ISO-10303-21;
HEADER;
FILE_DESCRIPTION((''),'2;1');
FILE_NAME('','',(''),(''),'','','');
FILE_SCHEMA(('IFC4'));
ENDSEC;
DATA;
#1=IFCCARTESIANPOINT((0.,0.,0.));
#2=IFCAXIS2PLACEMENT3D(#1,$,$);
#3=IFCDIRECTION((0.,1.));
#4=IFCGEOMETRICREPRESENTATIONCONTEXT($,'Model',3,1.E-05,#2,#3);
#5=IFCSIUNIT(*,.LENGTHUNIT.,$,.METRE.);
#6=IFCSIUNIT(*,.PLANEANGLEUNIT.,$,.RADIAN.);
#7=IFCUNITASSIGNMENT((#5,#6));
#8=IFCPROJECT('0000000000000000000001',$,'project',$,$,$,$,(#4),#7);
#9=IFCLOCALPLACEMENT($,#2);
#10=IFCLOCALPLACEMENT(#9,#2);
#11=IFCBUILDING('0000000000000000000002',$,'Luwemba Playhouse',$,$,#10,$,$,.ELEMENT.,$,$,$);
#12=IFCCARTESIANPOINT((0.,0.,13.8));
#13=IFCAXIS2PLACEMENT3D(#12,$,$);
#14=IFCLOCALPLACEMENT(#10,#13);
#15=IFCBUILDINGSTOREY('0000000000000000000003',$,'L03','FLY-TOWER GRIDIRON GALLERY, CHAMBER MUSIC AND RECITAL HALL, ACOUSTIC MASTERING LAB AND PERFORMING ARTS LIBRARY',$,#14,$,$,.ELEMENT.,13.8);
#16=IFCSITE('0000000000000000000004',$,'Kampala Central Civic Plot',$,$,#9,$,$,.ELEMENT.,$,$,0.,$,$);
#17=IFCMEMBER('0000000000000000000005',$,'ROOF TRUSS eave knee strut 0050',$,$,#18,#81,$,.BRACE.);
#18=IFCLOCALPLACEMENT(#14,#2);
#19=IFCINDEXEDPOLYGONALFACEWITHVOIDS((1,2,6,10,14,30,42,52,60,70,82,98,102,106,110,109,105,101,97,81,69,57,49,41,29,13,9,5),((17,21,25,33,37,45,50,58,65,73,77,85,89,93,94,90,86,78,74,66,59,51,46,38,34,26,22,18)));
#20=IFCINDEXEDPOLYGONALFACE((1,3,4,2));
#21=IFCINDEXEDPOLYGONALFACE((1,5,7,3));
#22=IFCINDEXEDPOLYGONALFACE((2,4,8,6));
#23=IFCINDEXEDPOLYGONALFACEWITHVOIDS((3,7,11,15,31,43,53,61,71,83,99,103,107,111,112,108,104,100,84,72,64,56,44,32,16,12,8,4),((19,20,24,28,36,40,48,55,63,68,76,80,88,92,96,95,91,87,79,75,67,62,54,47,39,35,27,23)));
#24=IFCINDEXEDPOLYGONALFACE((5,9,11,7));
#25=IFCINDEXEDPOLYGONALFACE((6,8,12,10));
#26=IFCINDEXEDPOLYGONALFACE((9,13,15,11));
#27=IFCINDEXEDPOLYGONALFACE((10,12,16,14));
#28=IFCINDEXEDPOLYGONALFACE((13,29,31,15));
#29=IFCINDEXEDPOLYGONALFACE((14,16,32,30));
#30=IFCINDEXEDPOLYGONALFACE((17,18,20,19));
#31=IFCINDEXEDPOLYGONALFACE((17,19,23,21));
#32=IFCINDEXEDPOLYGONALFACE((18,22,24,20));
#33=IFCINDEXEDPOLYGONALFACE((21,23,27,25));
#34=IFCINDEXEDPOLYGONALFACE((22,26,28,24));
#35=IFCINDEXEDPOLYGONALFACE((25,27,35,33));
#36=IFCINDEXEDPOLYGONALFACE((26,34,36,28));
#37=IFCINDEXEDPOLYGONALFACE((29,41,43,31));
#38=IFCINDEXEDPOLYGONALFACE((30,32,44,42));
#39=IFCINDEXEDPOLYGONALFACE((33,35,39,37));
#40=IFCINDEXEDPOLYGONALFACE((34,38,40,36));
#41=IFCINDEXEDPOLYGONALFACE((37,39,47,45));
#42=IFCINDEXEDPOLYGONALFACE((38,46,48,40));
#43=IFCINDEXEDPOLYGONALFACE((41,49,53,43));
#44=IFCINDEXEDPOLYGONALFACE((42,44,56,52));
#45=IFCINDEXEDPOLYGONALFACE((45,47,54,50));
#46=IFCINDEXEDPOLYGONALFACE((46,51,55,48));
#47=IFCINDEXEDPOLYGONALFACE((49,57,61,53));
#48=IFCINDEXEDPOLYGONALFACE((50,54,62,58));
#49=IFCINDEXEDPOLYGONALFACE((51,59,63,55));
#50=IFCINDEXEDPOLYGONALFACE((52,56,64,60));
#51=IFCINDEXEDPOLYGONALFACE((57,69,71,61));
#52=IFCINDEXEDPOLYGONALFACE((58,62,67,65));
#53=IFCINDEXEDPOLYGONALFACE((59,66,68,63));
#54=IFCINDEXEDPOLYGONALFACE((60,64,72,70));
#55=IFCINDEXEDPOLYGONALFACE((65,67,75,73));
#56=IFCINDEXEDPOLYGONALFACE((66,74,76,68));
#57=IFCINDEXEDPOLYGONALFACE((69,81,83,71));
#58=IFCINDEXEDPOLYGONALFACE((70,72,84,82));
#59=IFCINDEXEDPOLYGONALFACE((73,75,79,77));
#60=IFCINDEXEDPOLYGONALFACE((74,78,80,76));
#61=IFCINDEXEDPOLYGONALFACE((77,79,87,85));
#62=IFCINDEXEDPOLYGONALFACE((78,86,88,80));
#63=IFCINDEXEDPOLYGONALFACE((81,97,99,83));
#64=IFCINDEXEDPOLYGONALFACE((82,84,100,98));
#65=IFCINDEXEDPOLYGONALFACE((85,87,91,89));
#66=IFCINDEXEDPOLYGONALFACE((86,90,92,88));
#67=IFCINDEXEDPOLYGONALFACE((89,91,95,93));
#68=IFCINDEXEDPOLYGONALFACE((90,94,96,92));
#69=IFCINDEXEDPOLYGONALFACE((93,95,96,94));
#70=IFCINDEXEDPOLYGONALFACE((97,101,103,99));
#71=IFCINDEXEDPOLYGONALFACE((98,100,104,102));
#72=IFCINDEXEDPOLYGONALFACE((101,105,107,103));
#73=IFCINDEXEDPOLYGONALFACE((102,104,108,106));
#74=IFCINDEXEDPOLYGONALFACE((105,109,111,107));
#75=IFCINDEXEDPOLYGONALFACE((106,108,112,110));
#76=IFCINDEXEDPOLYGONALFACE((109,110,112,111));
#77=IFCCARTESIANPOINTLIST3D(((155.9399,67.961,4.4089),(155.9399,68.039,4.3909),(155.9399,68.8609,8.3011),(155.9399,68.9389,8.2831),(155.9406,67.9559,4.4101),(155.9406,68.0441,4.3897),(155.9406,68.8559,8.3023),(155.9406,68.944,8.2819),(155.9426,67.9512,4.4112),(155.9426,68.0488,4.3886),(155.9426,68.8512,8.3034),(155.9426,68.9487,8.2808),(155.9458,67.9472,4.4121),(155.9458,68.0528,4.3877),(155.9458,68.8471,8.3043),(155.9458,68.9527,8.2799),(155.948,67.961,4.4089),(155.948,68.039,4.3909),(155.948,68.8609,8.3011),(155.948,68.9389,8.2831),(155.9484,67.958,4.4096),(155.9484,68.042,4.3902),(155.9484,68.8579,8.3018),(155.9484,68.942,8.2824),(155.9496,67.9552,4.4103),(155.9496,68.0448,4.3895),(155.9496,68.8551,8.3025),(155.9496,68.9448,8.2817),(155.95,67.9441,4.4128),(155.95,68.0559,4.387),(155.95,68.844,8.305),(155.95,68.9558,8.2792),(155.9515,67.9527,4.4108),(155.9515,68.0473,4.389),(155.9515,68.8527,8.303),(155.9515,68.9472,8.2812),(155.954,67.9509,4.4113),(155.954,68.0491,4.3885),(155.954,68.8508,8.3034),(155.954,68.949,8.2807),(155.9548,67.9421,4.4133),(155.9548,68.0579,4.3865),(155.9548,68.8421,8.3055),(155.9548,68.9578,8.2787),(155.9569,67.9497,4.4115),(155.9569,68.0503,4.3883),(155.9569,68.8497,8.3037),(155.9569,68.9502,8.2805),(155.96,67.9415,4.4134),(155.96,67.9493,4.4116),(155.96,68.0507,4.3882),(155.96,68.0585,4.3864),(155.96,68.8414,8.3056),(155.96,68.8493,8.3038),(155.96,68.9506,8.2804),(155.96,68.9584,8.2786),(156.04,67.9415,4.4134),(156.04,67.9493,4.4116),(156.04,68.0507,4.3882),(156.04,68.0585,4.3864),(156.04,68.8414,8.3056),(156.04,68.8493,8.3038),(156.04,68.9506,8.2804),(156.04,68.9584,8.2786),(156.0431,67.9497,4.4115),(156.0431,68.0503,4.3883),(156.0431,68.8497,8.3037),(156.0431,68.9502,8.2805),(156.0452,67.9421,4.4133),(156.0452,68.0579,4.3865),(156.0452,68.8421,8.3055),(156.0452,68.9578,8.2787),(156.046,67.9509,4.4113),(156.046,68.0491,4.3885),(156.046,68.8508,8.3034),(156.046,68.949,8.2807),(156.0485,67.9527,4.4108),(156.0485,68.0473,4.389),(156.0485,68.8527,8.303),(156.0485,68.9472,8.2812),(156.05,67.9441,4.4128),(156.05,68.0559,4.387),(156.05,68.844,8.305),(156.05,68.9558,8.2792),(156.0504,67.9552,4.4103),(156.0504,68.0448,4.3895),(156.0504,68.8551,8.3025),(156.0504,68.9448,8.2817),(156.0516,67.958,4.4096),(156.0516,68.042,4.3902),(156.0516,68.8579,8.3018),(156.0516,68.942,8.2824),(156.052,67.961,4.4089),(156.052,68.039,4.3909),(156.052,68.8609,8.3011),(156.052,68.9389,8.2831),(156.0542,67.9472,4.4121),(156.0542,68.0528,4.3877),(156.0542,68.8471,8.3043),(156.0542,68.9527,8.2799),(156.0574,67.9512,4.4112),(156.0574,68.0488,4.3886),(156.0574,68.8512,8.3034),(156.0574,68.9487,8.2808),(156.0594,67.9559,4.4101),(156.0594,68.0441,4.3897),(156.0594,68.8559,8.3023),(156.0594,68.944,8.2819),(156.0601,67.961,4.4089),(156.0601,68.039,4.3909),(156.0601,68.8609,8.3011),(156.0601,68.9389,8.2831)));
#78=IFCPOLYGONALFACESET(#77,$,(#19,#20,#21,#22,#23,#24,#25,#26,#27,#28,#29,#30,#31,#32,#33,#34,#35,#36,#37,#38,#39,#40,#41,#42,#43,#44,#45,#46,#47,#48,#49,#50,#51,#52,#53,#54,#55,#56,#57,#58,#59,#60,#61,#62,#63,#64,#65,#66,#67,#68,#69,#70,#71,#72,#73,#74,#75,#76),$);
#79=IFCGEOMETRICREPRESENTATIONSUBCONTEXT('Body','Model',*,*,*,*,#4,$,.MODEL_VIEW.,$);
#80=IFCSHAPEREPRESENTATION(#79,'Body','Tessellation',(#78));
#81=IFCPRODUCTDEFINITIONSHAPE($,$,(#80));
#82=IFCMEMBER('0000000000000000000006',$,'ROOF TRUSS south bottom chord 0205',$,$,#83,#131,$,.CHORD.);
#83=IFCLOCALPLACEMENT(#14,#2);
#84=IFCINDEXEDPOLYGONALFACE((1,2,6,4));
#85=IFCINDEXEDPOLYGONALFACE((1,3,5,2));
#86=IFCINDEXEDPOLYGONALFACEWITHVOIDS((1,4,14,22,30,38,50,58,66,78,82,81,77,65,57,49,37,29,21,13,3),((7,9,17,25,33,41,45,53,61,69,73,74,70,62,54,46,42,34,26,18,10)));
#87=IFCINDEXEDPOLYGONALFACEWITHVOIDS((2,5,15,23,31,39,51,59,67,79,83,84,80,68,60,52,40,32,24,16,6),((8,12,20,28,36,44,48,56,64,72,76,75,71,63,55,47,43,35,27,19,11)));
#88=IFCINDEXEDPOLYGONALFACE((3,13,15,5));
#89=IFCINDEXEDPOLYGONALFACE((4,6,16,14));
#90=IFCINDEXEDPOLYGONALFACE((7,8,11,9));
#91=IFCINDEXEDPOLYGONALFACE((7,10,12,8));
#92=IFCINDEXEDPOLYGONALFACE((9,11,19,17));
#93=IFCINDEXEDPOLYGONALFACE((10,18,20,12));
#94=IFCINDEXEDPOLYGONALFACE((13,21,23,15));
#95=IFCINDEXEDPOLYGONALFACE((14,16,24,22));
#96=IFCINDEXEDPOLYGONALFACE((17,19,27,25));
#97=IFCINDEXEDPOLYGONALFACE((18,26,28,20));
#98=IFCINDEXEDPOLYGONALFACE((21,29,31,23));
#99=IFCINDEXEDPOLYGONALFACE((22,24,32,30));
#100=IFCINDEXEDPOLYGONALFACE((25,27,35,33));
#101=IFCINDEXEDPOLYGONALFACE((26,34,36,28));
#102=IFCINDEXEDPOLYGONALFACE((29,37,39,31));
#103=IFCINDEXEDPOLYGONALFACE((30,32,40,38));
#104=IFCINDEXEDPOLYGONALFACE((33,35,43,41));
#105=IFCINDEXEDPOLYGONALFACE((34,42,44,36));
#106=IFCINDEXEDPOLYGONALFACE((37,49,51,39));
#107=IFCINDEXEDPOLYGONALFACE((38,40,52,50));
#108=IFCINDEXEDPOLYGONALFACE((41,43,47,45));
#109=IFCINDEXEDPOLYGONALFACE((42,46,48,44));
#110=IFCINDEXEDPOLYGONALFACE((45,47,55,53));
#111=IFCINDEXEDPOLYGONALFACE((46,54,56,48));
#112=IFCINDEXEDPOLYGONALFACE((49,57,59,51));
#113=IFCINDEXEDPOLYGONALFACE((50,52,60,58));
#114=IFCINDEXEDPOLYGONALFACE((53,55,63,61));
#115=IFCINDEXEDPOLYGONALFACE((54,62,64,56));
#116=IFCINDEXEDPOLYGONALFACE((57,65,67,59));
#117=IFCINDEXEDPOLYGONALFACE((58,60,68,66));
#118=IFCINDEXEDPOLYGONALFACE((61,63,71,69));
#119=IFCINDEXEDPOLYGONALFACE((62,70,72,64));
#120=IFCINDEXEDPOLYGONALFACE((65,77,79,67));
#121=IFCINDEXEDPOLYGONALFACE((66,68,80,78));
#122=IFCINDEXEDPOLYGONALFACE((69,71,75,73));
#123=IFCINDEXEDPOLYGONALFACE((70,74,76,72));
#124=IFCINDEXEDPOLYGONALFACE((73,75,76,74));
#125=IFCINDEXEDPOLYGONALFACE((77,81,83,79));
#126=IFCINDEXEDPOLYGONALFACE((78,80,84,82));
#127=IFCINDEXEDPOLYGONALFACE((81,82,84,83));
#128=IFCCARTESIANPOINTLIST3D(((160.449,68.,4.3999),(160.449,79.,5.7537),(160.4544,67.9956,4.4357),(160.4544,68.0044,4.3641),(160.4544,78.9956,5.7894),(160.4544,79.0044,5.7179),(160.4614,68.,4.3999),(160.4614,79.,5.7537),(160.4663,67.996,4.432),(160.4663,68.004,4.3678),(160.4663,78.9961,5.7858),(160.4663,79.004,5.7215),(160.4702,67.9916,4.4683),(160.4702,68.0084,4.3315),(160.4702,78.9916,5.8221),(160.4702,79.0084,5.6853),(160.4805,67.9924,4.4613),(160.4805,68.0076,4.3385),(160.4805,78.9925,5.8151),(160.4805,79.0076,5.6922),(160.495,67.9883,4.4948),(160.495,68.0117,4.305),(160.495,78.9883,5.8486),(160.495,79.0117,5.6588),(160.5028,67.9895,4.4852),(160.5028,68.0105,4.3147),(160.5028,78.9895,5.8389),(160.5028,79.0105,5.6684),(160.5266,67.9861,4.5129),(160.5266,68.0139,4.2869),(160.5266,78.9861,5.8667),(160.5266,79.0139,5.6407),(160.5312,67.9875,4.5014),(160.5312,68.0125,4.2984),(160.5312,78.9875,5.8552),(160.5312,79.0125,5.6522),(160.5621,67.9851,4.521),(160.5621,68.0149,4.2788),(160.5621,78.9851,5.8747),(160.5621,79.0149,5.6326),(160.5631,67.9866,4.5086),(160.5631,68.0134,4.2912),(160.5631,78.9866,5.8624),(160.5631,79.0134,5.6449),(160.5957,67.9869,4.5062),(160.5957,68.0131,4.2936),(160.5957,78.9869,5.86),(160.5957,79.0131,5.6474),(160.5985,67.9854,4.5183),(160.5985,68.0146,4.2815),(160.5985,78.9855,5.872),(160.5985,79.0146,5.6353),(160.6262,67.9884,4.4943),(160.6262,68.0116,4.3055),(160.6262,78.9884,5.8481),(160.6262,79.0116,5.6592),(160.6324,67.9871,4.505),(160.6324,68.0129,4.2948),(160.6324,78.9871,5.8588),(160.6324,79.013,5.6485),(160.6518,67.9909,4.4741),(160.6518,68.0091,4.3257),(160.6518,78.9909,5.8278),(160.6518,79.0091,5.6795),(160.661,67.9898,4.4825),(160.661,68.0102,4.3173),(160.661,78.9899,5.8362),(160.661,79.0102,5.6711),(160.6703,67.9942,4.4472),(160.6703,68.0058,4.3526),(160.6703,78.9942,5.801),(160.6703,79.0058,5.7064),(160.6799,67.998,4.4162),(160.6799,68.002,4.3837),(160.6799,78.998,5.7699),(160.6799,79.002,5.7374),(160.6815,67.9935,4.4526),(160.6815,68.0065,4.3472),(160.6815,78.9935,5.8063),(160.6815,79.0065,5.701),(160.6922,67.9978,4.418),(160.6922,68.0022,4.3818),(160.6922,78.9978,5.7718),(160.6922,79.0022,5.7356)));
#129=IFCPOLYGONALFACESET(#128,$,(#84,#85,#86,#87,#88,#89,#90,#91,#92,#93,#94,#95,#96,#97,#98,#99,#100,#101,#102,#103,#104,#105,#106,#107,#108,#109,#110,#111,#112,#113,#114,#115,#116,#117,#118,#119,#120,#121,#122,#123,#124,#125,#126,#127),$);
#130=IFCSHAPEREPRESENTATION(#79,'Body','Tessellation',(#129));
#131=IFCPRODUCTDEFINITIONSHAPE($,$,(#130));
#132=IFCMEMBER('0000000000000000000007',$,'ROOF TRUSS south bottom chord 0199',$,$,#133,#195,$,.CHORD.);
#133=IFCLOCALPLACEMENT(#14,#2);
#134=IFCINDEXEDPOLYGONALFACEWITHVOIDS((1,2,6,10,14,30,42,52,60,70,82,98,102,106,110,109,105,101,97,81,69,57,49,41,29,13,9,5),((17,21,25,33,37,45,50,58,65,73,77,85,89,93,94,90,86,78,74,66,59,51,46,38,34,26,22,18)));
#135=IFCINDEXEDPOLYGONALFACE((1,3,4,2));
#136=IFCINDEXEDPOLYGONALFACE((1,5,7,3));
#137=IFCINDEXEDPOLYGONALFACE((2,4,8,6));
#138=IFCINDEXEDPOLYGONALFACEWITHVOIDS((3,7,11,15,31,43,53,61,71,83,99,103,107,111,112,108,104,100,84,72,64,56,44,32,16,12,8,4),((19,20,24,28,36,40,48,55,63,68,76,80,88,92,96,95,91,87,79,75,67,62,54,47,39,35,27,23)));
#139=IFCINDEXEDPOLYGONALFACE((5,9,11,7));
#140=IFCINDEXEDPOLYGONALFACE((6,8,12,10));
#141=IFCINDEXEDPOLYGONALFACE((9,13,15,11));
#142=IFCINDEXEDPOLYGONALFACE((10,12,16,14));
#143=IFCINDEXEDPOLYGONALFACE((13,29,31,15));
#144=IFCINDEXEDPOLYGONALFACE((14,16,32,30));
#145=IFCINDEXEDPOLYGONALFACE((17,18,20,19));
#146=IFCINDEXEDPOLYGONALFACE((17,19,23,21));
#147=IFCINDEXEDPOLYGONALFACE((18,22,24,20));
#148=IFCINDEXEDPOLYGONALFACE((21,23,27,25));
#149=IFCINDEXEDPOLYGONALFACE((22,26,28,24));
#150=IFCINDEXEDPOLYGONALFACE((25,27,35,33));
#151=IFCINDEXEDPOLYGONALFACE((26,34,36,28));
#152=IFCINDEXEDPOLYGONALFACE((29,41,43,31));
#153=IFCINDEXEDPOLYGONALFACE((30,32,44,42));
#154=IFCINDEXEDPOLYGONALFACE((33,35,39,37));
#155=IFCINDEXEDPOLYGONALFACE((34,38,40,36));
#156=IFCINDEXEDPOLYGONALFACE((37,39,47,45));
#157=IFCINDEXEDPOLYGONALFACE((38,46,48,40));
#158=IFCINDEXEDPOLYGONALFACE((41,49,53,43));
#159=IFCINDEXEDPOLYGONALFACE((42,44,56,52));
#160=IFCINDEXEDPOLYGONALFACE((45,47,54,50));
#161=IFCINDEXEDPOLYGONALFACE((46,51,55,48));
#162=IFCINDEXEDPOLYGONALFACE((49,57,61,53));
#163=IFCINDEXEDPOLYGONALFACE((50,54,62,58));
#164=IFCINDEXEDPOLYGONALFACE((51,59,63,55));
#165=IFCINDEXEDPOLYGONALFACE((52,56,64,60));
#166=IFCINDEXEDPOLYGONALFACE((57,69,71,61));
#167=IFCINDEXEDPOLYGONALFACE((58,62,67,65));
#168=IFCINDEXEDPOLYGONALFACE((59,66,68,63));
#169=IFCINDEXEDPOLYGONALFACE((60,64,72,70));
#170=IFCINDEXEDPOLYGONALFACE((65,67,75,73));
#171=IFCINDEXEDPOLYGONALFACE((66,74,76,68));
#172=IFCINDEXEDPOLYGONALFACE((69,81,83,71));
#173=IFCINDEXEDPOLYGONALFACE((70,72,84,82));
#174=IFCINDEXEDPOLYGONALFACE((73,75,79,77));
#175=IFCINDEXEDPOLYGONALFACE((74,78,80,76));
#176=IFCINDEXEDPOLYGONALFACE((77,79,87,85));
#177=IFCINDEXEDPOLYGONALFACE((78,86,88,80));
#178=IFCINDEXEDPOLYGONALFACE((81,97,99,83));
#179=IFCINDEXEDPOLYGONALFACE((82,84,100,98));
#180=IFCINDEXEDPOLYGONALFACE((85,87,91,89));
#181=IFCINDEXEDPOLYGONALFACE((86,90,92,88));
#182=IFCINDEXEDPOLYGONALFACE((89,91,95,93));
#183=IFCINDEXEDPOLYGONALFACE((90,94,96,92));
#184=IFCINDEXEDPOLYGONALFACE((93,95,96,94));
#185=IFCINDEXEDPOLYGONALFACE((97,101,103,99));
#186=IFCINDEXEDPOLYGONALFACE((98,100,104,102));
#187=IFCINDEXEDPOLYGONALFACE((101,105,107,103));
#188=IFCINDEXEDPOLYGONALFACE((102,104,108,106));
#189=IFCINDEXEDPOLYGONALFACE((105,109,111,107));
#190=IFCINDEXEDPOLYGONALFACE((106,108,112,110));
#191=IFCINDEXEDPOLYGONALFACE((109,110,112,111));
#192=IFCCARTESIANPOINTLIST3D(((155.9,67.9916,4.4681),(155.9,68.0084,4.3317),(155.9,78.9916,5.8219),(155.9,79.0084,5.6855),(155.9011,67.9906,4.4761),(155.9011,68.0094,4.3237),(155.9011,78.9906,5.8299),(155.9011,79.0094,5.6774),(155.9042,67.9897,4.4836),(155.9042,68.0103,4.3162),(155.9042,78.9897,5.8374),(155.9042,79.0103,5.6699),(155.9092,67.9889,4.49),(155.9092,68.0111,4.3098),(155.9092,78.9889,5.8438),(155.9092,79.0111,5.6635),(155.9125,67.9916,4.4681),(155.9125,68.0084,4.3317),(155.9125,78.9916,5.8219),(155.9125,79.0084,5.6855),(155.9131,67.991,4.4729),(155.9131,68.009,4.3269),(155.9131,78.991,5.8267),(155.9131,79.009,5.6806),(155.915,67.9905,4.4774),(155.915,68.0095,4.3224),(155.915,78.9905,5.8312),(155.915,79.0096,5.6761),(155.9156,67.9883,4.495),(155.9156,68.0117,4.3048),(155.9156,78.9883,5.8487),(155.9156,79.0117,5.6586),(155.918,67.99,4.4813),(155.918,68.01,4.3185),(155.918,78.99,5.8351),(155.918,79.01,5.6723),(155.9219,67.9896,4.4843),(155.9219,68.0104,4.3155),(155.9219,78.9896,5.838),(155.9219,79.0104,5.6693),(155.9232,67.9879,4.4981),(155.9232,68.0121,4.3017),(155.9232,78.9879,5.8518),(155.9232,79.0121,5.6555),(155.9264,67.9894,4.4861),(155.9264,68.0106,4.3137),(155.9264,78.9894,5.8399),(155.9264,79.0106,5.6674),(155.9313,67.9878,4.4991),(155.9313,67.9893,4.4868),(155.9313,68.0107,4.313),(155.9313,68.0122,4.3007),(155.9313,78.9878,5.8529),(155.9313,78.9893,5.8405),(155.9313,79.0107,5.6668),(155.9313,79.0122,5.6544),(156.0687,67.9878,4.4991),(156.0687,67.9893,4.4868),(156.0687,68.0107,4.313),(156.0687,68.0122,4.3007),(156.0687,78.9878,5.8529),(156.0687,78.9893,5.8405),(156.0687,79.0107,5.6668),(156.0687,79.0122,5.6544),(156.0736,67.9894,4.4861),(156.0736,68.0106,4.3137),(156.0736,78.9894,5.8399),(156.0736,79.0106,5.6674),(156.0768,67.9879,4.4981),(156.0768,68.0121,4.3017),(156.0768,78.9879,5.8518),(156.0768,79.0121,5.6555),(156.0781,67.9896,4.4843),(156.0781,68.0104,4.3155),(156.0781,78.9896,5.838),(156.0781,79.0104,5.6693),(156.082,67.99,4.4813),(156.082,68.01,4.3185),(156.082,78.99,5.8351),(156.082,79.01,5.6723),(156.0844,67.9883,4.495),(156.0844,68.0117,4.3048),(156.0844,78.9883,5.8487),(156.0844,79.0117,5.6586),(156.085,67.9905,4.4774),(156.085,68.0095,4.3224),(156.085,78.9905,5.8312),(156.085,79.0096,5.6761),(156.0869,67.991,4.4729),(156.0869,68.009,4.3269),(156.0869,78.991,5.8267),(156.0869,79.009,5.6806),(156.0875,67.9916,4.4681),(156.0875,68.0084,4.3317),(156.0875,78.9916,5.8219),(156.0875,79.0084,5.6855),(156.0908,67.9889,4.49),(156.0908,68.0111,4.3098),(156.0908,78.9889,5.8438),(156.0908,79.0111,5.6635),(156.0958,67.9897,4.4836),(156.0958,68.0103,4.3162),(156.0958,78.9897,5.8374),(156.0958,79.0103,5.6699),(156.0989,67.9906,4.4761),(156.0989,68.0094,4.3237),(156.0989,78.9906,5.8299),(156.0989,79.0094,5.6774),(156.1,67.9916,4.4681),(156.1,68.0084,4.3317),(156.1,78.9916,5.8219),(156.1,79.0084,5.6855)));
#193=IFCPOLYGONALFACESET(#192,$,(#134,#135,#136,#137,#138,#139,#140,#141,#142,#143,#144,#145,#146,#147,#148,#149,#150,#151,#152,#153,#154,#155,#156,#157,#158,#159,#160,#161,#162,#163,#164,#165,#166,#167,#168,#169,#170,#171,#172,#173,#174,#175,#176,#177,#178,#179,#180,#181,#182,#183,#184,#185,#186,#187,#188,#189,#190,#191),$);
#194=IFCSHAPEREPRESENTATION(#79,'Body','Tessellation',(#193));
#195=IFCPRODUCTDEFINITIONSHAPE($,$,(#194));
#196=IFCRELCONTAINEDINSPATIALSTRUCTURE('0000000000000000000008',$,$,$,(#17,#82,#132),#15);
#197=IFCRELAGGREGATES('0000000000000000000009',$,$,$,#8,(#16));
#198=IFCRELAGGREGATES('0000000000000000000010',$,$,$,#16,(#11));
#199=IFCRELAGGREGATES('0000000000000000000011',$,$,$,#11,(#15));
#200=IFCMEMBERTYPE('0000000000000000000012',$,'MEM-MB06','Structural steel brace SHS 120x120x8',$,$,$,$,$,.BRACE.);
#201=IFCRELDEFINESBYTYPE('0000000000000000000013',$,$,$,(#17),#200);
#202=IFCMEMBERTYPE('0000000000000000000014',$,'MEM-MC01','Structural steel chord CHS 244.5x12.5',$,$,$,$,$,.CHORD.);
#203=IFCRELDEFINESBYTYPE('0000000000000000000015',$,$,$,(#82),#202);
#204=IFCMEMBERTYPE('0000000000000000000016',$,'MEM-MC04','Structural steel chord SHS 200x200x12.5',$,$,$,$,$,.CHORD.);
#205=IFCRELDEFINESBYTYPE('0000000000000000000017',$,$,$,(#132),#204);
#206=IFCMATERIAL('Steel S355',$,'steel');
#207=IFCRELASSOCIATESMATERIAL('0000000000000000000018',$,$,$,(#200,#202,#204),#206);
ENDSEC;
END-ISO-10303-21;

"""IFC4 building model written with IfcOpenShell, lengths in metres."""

from ifc_helpers import new_model, si_unit, direction, frame, origin, origin_2d, place, context, subcontext, project, spatial, hollow_rectangle, hollow_circle, extrude, material, material_profile, profile_set, type_object, element, save


model = new_model("IFC4")

# Units and contexts
model_context = context("Model", 3, precision=1e-05, world=origin(), true_north=direction((0.0, 1.0)))
body_context = subcontext(model_context, "Body", "Model", "MODEL_VIEW")
ifc_project = project(units=[si_unit("LENGTHUNIT", "METRE"), si_unit("PLANEANGLEUNIT", "RADIAN")], contexts=[model_context])

# Site, building, storey
site_placement = place(None, origin())
site = spatial("IfcSite", under=ifc_project, at=site_placement, Name="Kampala Central Civic Plot", CompositionType="ELEMENT", RefElevation=0.0)
building_placement = place(site_placement, origin())
building = spatial("IfcBuilding", under=site, at=building_placement, Name="Luwemba Playhouse", CompositionType="ELEMENT")
storey_placement = place(building_placement, frame((0.0, 0.0, 13.8)))
storey = spatial("IfcBuildingStorey", under=building, at=storey_placement, Name="L03", Description="FLY-TOWER GRIDIRON GALLERY, CHAMBER MUSIC AND RECITAL HALL, ACOUSTIC MASTERING LAB AND PERFORMING ARTS LIBRARY", CompositionType="ELEMENT", Elevation=13.8)

# Shared definitions
ifc_material_1 = material(Name="Steel S355", Category="steel")

# Members
ifc_material_profile_1 = material_profile(ifc_material_1, hollow_rectangle(XDim=0.1201, YDim=0.1201, WallThickness=0.0081, InnerFilletRadius=0.012, OuterFilletRadius=0.02, at=origin_2d()))
ifc_profile_set_1 = profile_set([ifc_material_profile_1], Name="Steel S355")
member_type_1 = type_object("IfcMemberType", Name="MEM-MB06", Description="Structural steel brace SHS 120x120x8", PredefinedType="BRACE", material=ifc_profile_set_1)
member_1_placement = place(storey_placement, frame((156.0, 68.0, 4.3999), z_axis=(0.0, 0.22527, 0.974296), x_axis=(-1.0, 0.0, 0.0)))
element("IfcMember", 1, at=member_1_placement, inside=storey, type_object=member_type_1, Name="ROOF TRUSS eave knee strut 0050", PredefinedType="BRACE", context=body_context, shape_type="SweptSolid", body=[
    extrude(hollow_rectangle(XDim=0.1201, YDim=0.1201, WallThickness=0.0081, InnerFilletRadius=0.012, OuterFilletRadius=0.02, at=origin_2d()), origin(), (0.0, 0.0, 1.0), 3.9949),
])
ifc_material_profile_2 = material_profile(ifc_material_1, hollow_circle(Radius=0.1223, WallThickness=0.0125, at=origin_2d()))
ifc_profile_set_2 = profile_set([ifc_material_profile_2], Name="Steel S355")
member_type_2 = type_object("IfcMemberType", Name="MEM-MC01", Description="Structural steel chord CHS 244.5x12.5", PredefinedType="CHORD", material=ifc_profile_set_2)
member_2_placement = place(storey_placement, frame((160.5713, 68.0, 4.3999), z_axis=(0.0, 0.992512, 0.122148), x_axis=(-1.0, 0.0, 0.0)))
element("IfcMember", 2, at=member_2_placement, inside=storey, type_object=member_type_2, Name="ROOF TRUSS south bottom chord 0205", PredefinedType="CHORD", context=body_context, shape_type="SweptSolid", body=[
    extrude(hollow_circle(Radius=0.1223, WallThickness=0.0125, at=origin_2d()), origin(), (0.0, 0.0, 1.0), 11.083),
])
ifc_material_profile_3 = material_profile(ifc_material_1, hollow_rectangle(XDim=0.2, YDim=0.2, WallThickness=0.0125, InnerFilletRadius=0.0188, OuterFilletRadius=0.0312, at=origin_2d()))
ifc_profile_set_3 = profile_set([ifc_material_profile_3], Name="Steel S355")
member_type_3 = type_object("IfcMemberType", Name="MEM-MC04", Description="Structural steel chord SHS 200x200x12.5", PredefinedType="CHORD", material=ifc_profile_set_3)
member_3_placement = place(storey_placement, frame((156.0, 68.0, 4.3999), z_axis=(0.0, 0.992512, 0.122148), x_axis=(-1.0, 0.0, 0.0)))
element("IfcMember", 3, at=member_3_placement, inside=storey, type_object=member_type_3, Name="ROOF TRUSS south bottom chord 0199", PredefinedType="CHORD", context=body_context, shape_type="SweptSolid", body=[
    extrude(hollow_rectangle(XDim=0.2, YDim=0.2, WallThickness=0.0125, InnerFilletRadius=0.0188, OuterFilletRadius=0.0312, at=origin_2d()), origin(), (0.0, 0.0, 1.0), 11.083),
])

save(model, "model.ifc")
